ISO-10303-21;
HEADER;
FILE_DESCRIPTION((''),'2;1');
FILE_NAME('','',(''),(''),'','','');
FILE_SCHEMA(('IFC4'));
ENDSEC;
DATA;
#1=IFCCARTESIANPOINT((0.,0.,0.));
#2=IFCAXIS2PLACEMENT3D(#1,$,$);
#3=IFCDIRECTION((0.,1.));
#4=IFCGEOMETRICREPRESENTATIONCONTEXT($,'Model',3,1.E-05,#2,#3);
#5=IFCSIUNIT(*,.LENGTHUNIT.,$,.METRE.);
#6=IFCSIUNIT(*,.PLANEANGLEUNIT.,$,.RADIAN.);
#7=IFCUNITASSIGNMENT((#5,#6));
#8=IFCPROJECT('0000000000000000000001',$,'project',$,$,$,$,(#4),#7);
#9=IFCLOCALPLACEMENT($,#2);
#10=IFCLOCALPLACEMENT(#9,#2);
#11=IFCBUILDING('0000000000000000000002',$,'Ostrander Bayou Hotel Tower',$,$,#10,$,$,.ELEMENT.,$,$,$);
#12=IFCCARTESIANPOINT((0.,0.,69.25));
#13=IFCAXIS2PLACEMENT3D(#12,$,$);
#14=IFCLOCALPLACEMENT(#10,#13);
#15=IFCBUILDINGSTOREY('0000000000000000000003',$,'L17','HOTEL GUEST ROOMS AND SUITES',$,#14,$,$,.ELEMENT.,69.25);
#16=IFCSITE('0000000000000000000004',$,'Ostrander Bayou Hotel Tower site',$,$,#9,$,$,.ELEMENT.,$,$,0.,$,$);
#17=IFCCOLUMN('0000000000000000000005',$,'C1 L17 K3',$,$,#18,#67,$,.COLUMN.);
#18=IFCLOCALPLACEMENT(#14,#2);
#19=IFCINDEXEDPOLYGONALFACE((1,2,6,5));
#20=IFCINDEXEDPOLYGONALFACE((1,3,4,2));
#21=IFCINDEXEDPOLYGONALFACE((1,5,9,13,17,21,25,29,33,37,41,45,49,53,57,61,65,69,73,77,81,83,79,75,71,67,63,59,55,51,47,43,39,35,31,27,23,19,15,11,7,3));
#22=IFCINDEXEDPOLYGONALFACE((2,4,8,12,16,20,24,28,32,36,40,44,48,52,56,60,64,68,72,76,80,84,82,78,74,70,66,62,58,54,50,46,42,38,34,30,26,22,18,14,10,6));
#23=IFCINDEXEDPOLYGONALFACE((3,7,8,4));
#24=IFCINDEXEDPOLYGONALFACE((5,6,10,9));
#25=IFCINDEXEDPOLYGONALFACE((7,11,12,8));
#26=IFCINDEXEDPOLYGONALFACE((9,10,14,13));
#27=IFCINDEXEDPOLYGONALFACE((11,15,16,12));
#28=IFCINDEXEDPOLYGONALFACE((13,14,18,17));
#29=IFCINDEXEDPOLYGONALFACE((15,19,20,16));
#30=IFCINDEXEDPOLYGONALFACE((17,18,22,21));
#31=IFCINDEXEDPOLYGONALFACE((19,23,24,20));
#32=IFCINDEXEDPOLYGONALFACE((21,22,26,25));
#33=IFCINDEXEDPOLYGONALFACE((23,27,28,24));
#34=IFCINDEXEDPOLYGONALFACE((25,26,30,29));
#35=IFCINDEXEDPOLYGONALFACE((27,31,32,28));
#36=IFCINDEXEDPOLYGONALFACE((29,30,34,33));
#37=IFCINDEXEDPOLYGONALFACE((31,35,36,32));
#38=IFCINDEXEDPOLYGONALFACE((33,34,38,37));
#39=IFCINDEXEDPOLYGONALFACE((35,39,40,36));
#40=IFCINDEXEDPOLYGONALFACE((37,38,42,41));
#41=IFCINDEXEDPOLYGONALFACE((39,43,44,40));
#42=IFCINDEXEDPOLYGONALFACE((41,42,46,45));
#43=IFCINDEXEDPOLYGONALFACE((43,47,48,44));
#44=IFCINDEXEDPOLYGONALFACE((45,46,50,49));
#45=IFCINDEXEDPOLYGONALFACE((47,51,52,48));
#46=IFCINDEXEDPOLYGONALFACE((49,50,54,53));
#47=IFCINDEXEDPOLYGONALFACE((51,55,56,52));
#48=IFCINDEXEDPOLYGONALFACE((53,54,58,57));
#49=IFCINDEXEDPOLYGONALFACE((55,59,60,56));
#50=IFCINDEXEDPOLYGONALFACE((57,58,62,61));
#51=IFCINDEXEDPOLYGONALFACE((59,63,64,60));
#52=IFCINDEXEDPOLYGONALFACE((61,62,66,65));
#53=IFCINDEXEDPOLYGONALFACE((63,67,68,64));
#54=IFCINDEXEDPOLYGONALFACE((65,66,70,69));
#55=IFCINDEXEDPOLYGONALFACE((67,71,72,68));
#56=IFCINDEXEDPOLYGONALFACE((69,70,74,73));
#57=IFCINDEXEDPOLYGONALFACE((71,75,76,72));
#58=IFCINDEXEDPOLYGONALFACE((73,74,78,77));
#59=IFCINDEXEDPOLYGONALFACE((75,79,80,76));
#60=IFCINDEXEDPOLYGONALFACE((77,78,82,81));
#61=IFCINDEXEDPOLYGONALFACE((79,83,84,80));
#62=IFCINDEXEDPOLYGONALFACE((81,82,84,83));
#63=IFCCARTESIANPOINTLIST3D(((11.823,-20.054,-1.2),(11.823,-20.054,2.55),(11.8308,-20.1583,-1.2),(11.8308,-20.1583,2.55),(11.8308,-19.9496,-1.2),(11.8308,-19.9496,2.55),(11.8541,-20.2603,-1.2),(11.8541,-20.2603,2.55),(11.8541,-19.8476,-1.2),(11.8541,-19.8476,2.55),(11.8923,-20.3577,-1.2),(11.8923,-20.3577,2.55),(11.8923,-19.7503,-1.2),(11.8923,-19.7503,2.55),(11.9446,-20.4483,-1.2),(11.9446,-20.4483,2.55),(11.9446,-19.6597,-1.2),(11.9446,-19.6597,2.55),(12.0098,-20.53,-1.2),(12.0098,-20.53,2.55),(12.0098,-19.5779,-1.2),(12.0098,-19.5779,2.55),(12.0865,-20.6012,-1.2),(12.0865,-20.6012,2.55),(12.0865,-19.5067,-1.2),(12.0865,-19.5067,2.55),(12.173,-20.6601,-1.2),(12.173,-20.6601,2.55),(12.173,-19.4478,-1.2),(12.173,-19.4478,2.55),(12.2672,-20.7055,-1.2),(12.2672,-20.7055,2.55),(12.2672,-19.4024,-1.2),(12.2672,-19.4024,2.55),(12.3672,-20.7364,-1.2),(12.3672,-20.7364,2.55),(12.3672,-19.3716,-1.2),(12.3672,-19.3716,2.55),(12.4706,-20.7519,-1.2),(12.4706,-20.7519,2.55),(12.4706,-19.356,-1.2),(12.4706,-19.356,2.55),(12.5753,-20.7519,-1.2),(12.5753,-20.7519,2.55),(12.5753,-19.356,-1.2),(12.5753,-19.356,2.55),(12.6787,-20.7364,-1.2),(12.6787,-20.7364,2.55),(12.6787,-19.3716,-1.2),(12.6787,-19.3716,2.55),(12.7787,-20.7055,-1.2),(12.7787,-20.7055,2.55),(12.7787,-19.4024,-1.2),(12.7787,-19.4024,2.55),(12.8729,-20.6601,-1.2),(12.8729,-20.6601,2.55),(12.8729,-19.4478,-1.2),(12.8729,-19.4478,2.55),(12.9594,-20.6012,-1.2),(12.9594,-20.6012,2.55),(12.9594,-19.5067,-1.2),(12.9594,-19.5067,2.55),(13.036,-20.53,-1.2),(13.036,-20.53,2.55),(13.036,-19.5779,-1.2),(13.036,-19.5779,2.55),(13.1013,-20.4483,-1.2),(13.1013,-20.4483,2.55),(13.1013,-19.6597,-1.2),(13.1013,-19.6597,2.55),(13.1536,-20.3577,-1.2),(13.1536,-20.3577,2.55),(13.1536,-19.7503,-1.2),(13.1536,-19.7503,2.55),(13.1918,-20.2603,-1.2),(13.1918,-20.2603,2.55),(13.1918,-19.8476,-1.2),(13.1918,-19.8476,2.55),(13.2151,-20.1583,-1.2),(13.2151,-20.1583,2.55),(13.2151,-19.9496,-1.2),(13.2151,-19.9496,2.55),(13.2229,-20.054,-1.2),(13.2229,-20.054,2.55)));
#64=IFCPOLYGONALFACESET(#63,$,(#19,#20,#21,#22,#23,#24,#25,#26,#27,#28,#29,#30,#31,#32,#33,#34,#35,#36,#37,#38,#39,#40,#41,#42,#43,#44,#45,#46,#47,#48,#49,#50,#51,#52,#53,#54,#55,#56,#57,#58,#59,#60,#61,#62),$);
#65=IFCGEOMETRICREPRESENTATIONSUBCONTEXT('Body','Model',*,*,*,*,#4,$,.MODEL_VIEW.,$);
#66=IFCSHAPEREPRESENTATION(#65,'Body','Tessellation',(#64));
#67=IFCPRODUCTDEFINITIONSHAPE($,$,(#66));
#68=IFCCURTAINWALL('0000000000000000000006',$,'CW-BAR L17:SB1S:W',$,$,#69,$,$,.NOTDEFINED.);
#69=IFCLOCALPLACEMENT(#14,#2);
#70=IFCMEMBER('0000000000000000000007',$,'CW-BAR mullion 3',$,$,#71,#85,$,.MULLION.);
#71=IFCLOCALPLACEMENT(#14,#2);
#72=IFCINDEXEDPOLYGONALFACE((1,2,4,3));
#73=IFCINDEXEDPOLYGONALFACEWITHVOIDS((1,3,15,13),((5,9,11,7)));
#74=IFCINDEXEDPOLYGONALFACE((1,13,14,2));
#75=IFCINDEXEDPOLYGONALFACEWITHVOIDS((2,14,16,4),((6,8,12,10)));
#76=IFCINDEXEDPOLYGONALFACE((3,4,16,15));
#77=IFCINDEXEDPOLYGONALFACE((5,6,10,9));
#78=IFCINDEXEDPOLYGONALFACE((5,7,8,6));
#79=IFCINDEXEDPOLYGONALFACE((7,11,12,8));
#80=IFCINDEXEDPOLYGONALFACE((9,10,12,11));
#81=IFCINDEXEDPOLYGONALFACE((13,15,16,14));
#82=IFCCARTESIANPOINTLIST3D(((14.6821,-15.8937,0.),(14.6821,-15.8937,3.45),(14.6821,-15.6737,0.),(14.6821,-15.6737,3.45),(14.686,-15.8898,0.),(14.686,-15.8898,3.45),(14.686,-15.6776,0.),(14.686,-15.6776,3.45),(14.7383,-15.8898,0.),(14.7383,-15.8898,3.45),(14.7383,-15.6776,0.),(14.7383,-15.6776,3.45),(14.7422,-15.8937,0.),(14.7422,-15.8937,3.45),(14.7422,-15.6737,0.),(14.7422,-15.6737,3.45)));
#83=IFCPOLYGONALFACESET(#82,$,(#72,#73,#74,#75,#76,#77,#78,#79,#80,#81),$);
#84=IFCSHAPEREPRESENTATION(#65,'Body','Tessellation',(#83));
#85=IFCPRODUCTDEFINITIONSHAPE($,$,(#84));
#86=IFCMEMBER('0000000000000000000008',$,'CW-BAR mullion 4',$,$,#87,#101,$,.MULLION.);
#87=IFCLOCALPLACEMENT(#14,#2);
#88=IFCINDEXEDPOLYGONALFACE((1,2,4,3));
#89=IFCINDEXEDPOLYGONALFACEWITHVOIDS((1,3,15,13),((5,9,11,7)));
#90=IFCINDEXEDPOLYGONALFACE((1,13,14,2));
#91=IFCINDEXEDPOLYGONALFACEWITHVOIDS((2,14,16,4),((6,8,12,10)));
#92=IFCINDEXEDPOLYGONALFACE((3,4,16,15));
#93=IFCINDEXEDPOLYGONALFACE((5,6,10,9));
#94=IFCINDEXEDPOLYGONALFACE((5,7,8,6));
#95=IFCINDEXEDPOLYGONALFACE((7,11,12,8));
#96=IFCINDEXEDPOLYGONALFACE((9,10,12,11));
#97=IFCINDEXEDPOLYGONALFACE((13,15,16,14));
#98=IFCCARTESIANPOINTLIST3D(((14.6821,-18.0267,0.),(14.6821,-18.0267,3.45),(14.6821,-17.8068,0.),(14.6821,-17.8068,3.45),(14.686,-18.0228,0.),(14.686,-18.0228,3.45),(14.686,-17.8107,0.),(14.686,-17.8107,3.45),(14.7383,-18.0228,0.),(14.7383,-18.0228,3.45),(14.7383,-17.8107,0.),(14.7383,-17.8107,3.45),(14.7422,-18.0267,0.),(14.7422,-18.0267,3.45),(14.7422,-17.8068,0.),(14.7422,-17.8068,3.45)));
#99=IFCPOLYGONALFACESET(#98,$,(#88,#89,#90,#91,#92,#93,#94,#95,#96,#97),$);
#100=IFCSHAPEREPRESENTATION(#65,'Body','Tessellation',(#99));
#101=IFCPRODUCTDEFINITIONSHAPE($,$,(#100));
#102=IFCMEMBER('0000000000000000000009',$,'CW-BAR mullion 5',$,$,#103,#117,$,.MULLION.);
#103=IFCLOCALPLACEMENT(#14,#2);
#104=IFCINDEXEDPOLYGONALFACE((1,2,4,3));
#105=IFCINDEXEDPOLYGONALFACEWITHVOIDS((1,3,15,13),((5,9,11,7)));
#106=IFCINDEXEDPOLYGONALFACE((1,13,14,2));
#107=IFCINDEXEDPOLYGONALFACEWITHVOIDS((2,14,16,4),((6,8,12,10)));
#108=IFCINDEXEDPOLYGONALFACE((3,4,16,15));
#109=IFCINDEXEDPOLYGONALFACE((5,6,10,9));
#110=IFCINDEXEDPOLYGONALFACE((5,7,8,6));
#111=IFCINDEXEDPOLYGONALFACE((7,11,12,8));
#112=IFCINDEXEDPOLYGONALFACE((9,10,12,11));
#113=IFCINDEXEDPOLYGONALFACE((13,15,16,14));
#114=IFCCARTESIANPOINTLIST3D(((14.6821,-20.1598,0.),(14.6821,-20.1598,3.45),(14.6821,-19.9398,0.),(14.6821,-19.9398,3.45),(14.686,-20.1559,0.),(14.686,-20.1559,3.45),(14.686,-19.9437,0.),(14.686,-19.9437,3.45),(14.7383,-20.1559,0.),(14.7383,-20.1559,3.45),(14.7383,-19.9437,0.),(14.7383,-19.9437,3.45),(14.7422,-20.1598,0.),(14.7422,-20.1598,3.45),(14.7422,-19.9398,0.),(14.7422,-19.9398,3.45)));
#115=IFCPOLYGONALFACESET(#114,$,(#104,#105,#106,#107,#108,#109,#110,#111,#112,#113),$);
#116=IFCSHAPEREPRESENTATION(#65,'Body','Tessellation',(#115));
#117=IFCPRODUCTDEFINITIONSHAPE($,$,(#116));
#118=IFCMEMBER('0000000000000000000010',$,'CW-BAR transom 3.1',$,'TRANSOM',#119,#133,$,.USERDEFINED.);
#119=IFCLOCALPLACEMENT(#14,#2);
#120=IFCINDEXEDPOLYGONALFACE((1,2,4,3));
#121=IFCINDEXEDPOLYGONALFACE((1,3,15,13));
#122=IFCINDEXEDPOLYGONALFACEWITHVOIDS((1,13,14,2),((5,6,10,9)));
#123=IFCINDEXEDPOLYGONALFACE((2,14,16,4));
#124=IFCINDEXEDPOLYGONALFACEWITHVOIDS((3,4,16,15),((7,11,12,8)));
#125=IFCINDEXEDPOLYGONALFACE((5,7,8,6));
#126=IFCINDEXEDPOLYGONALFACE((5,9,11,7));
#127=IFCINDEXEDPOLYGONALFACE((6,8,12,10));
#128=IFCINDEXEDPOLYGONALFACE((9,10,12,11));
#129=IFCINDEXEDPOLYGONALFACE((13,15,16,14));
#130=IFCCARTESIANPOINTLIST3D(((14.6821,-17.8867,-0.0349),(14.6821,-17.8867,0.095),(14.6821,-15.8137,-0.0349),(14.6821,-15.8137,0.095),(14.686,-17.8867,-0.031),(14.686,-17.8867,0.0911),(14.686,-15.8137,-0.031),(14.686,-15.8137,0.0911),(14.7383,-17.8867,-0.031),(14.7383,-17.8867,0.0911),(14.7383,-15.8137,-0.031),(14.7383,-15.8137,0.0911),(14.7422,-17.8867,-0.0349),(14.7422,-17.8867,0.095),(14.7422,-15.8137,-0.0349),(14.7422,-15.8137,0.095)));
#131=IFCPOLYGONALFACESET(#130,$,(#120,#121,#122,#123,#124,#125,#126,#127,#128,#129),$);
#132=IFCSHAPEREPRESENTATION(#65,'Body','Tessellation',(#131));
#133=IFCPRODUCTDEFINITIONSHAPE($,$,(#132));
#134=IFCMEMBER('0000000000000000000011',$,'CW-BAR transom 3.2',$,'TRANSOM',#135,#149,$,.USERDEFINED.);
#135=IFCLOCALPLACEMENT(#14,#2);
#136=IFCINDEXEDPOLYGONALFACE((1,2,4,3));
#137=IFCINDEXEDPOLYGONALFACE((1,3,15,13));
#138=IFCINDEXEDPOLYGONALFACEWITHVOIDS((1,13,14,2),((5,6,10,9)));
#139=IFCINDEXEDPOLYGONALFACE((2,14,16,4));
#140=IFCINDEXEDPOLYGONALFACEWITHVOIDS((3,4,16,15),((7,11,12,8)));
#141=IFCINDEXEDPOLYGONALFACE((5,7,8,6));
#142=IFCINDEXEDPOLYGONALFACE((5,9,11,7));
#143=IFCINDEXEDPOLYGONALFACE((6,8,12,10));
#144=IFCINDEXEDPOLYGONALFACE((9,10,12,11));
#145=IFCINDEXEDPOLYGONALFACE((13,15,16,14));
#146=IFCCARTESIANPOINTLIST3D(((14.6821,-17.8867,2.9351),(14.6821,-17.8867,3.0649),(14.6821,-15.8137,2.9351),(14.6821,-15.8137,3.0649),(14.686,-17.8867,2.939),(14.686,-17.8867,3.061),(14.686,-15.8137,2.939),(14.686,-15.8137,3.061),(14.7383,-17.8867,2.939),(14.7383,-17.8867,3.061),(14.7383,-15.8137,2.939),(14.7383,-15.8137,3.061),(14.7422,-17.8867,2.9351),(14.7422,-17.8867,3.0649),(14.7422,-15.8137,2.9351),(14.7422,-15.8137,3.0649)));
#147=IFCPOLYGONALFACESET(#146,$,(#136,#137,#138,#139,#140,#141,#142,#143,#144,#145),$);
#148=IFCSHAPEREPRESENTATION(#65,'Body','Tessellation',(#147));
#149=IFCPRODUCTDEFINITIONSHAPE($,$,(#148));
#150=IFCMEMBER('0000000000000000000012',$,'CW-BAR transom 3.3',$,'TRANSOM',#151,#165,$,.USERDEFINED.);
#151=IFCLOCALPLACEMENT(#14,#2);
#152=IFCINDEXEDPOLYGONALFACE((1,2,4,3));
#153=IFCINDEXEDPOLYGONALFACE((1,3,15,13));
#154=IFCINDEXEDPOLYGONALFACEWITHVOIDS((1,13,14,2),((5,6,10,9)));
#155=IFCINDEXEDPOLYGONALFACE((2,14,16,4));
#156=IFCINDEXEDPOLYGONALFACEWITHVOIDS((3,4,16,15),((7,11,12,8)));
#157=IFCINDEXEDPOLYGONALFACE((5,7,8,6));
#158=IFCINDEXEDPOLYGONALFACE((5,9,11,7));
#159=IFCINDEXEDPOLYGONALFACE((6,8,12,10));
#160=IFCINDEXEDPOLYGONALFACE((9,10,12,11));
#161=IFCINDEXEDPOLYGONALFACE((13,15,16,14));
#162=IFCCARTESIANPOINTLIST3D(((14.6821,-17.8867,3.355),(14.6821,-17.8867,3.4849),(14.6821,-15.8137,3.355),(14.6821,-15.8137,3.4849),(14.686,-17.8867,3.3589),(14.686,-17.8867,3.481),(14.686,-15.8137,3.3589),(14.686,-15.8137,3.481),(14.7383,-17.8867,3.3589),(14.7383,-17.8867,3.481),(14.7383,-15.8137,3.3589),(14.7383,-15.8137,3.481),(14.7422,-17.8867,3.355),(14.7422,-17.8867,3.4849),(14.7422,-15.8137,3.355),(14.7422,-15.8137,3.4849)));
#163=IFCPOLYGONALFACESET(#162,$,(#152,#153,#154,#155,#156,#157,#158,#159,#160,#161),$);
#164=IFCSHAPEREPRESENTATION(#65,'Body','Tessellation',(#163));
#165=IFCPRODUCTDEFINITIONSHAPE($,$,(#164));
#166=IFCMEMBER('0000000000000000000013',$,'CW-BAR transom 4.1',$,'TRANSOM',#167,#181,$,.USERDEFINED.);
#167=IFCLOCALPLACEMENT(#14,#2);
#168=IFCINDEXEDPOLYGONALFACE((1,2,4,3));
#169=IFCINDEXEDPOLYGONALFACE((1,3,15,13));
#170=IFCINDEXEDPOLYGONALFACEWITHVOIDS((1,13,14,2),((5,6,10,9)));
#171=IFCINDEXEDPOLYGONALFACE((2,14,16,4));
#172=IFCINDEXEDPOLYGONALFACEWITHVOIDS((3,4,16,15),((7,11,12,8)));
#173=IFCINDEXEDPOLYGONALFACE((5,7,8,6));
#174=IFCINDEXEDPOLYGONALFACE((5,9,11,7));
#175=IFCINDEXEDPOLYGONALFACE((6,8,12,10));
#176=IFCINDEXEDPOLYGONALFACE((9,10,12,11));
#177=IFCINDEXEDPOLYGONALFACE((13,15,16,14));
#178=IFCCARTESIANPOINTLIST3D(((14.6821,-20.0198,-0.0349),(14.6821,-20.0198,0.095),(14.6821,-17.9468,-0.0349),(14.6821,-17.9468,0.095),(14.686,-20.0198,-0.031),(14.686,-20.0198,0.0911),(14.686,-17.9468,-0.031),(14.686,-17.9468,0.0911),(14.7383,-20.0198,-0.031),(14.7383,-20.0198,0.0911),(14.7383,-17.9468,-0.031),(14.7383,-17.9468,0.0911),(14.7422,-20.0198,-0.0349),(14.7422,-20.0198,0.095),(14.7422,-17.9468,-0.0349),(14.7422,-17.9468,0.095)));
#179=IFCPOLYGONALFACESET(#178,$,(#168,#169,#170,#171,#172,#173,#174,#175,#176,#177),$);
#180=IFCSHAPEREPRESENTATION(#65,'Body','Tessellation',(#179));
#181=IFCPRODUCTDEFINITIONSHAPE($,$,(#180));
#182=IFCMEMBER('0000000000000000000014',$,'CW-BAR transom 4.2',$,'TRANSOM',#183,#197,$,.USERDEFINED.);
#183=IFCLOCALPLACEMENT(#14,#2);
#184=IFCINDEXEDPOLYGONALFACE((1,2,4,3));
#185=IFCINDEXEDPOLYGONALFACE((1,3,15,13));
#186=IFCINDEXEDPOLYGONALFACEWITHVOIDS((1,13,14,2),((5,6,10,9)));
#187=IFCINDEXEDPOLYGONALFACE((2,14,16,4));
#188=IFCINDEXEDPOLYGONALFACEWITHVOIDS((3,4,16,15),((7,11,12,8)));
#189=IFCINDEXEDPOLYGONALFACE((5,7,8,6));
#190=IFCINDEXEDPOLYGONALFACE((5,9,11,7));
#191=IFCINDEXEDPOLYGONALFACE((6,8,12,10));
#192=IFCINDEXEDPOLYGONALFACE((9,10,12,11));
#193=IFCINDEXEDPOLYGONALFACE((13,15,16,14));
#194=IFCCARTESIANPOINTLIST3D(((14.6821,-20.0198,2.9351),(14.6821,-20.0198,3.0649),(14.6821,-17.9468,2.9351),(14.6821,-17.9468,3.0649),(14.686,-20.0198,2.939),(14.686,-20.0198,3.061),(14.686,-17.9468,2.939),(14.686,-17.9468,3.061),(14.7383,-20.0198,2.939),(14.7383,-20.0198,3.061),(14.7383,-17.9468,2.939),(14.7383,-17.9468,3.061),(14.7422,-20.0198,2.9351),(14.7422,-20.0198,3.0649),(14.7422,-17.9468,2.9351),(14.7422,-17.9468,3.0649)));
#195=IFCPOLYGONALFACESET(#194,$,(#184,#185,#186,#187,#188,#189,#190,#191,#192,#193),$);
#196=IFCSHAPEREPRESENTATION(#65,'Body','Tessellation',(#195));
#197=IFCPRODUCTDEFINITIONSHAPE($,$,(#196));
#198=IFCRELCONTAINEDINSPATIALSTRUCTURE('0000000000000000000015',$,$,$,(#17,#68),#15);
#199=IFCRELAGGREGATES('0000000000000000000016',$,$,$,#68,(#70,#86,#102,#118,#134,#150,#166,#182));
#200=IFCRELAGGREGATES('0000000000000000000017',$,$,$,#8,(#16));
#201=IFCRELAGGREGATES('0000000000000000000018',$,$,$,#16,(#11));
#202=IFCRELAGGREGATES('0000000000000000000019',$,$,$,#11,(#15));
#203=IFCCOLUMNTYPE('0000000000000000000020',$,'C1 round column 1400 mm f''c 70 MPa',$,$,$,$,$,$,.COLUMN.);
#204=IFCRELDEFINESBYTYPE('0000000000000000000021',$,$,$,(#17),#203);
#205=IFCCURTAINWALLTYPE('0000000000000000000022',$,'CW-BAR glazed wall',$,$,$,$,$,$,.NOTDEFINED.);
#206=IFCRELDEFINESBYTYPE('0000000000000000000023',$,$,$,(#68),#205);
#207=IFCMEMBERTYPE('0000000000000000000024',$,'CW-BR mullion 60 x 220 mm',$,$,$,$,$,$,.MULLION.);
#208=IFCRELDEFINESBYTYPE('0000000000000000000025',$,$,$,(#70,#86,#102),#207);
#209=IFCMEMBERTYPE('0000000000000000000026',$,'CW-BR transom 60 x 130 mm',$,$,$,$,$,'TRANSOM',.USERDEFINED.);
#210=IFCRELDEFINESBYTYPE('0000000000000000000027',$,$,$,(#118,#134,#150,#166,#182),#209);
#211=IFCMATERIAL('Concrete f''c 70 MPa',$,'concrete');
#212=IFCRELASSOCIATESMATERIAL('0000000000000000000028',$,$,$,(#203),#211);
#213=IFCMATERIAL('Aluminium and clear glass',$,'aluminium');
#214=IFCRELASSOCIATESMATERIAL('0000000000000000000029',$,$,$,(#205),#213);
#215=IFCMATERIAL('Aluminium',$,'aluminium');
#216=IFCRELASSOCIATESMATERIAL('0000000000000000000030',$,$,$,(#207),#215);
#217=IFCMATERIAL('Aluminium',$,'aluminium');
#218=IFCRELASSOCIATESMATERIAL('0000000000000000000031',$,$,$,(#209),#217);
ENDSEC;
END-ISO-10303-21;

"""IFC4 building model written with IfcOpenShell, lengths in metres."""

from ifc_helpers import new_model, si_unit, direction, frame, origin, origin_2d, place, context, subcontext, project, spatial, hollow_rectangle, circle, extrude, material, material_profile, profile_set, type_object, element, aggregate, save


model = new_model("IFC4")

# Units and contexts
model_context = context("Model", 3, precision=1e-05, world=origin(), true_north=direction((0.0, 1.0)))
body_context = subcontext(model_context, "Body", "Model", "MODEL_VIEW")
ifc_project = project(units=[si_unit("LENGTHUNIT", "METRE"), si_unit("PLANEANGLEUNIT", "RADIAN")], contexts=[model_context])

# Site, building, storey
site_placement = place(None, origin())
site = spatial("IfcSite", under=ifc_project, at=site_placement, Name="Ostrander Bayou Hotel Tower site", CompositionType="ELEMENT", RefElevation=0.0)
building_placement = place(site_placement, origin())
building = spatial("IfcBuilding", under=site, at=building_placement, Name="Ostrander Bayou Hotel Tower", CompositionType="ELEMENT")
storey_placement = place(building_placement, frame((0.0, 0.0, 69.25)))
storey = spatial("IfcBuildingStorey", under=building, at=storey_placement, Name="L17", Description="HOTEL GUEST ROOMS AND SUITES", CompositionType="ELEMENT", Elevation=69.25)

# Column
ifc_material_1 = material(Name="Concrete f'c 70 MPa", Category="concrete")
ifc_material_profile_1 = material_profile(ifc_material_1, circle(Radius=0.7, at=origin_2d()))
ifc_profile_set_1 = profile_set([ifc_material_profile_1], Name="Concrete f'c 70 MPa")
column_type = type_object("IfcColumnType", Name="C1 round column 1400 mm f'c 70 MPa", PredefinedType="COLUMN", material=ifc_profile_set_1)
column_placement = place(storey_placement, frame((12.5229, -20.054, -1.2), z_axis=(0.0, 0.0, 1.0), x_axis=(1.0, 0.0, 0.0)))
element("IfcColumn", 1, at=column_placement, inside=storey, type_object=column_type, Name="C1 L17 K3", PredefinedType="COLUMN", context=body_context, shape_type="SweptSolid", body=[
    extrude(circle(Radius=0.7, at=origin_2d()), origin(), (0.0, 0.0, 1.0), 3.75),
])

# Curtain wall, members
ifc_material_2 = material(Name="Aluminium and clear glass", Category="aluminium")
curtain_wall_type = type_object("IfcCurtainWallType", Name="CW-BAR glazed wall", PredefinedType="NOTDEFINED", material=ifc_material_2)
curtain_wall_placement = place(storey_placement, origin())
curtain_wall = element("IfcCurtainWall", 2, at=curtain_wall_placement, inside=storey, type_object=curtain_wall_type, Name="CW-BAR L17:SB1S:W", PredefinedType="NOTDEFINED")
ifc_material_3 = material(Name="Aluminium", Category="aluminium")
ifc_material_profile_2 = material_profile(ifc_material_3, hollow_rectangle(XDim=0.0601, YDim=0.22, WallThickness=0.0039, at=origin_2d()))
ifc_profile_set_2 = profile_set([ifc_material_profile_2], Name="Aluminium")
member_type_1 = type_object("IfcMemberType", Name="CW-BR mullion 60 x 220 mm", PredefinedType="MULLION", material=ifc_profile_set_2)
member_1_placement = place(storey_placement, frame((14.7122, -15.7837, 0.0), z_axis=(0.0, 0.0, 1.0), x_axis=(1.0, 0.0, 0.0)))
member_1 = element("IfcMember", 3, at=member_1_placement, type_object=member_type_1, Name="CW-BAR mullion 3", PredefinedType="MULLION", context=body_context, shape_type="SweptSolid", body=[
    extrude(hollow_rectangle(XDim=0.0601, YDim=0.22, WallThickness=0.0039, at=origin_2d()), origin(), (0.0, 0.0, 1.0), 3.45),
])
member_2_placement = place(storey_placement, frame((14.7122, -17.9167, 0.0), z_axis=(0.0, 0.0, 1.0), x_axis=(1.0, 0.0, 0.0)))
member_2 = element("IfcMember", 4, at=member_2_placement, type_object=member_type_1, Name="CW-BAR mullion 4", PredefinedType="MULLION", context=body_context, shape_type="SweptSolid", body=[
    extrude(hollow_rectangle(XDim=0.0601, YDim=0.22, WallThickness=0.0039, at=origin_2d()), origin(), (0.0, 0.0, 1.0), 3.45),
])
member_3_placement = place(storey_placement, frame((14.7122, -20.0498, 0.0), z_axis=(0.0, 0.0, 1.0), x_axis=(1.0, 0.0, 0.0)))
member_3 = element("IfcMember", 5, at=member_3_placement, type_object=member_type_1, Name="CW-BAR mullion 5", PredefinedType="MULLION", context=body_context, shape_type="SweptSolid", body=[
    extrude(hollow_rectangle(XDim=0.0601, YDim=0.22, WallThickness=0.0039, at=origin_2d()), origin(), (0.0, 0.0, 1.0), 3.45),
])
ifc_material_4 = material(Name="Aluminium", Category="aluminium")
ifc_material_profile_3 = material_profile(ifc_material_4, hollow_rectangle(XDim=0.0601, YDim=0.1299, WallThickness=0.0039, at=origin_2d()))
ifc_profile_set_3 = profile_set([ifc_material_profile_3], Name="Aluminium")
member_type_2 = type_object("IfcMemberType", Name="CW-BR transom 60 x 130 mm", ElementType="TRANSOM", PredefinedType="USERDEFINED", material=ifc_profile_set_3)
member_4_placement = place(storey_placement, frame((14.7122, -15.8137, 0.03), z_axis=(0.0, -1.0, 0.0), x_axis=(1.0, 0.0, 0.0)))
member_4 = element("IfcMember", 6, at=member_4_placement, type_object=member_type_2, Name="CW-BAR transom 3.1", ObjectType="TRANSOM", PredefinedType="USERDEFINED", context=body_context, shape_type="SweptSolid", body=[
    extrude(hollow_rectangle(XDim=0.0601, YDim=0.1299, WallThickness=0.0039, at=origin_2d()), origin(), (0.0, 0.0, 1.0), 2.073),
])
member_5_placement = place(storey_placement, frame((14.7122, -15.8137, 3.0), z_axis=(0.0, -1.0, 0.0), x_axis=(1.0, 0.0, 0.0)))
member_5 = element("IfcMember", 7, at=member_5_placement, type_object=member_type_2, Name="CW-BAR transom 3.2", ObjectType="TRANSOM", PredefinedType="USERDEFINED", context=body_context, shape_type="SweptSolid", body=[
    extrude(hollow_rectangle(XDim=0.0601, YDim=0.1299, WallThickness=0.0039, at=origin_2d()), origin(), (0.0, 0.0, 1.0), 2.073),
])
member_6_placement = place(storey_placement, frame((14.7122, -15.8137, 3.4199), z_axis=(0.0, -1.0, 0.0), x_axis=(1.0, 0.0, 0.0)))
member_6 = element("IfcMember", 8, at=member_6_placement, type_object=member_type_2, Name="CW-BAR transom 3.3", ObjectType="TRANSOM", PredefinedType="USERDEFINED", context=body_context, shape_type="SweptSolid", body=[
    extrude(hollow_rectangle(XDim=0.0601, YDim=0.1299, WallThickness=0.0039, at=origin_2d()), origin(), (0.0, 0.0, 1.0), 2.073),
])
member_7_placement = place(storey_placement, frame((14.7122, -17.9468, 0.03), z_axis=(0.0, -1.0, 0.0), x_axis=(1.0, 0.0, 0.0)))
member_7 = element("IfcMember", 9, at=member_7_placement, type_object=member_type_2, Name="CW-BAR transom 4.1", ObjectType="TRANSOM", PredefinedType="USERDEFINED", context=body_context, shape_type="SweptSolid", body=[
    extrude(hollow_rectangle(XDim=0.0601, YDim=0.1299, WallThickness=0.0039, at=origin_2d()), origin(), (0.0, 0.0, 1.0), 2.073),
])
member_8_placement = place(storey_placement, frame((14.7122, -17.9468, 3.0), z_axis=(0.0, -1.0, 0.0), x_axis=(1.0, 0.0, 0.0)))
member_8 = element("IfcMember", 10, at=member_8_placement, type_object=member_type_2, Name="CW-BAR transom 4.2", ObjectType="TRANSOM", PredefinedType="USERDEFINED", context=body_context, shape_type="SweptSolid", body=[
    extrude(hollow_rectangle(XDim=0.0601, YDim=0.1299, WallThickness=0.0039, at=origin_2d()), origin(), (0.0, 0.0, 1.0), 2.073),
])

aggregate(curtain_wall, [member_1, member_2, member_3, member_4, member_5, member_6, member_7, member_8])

save(model, "model.ifc")
